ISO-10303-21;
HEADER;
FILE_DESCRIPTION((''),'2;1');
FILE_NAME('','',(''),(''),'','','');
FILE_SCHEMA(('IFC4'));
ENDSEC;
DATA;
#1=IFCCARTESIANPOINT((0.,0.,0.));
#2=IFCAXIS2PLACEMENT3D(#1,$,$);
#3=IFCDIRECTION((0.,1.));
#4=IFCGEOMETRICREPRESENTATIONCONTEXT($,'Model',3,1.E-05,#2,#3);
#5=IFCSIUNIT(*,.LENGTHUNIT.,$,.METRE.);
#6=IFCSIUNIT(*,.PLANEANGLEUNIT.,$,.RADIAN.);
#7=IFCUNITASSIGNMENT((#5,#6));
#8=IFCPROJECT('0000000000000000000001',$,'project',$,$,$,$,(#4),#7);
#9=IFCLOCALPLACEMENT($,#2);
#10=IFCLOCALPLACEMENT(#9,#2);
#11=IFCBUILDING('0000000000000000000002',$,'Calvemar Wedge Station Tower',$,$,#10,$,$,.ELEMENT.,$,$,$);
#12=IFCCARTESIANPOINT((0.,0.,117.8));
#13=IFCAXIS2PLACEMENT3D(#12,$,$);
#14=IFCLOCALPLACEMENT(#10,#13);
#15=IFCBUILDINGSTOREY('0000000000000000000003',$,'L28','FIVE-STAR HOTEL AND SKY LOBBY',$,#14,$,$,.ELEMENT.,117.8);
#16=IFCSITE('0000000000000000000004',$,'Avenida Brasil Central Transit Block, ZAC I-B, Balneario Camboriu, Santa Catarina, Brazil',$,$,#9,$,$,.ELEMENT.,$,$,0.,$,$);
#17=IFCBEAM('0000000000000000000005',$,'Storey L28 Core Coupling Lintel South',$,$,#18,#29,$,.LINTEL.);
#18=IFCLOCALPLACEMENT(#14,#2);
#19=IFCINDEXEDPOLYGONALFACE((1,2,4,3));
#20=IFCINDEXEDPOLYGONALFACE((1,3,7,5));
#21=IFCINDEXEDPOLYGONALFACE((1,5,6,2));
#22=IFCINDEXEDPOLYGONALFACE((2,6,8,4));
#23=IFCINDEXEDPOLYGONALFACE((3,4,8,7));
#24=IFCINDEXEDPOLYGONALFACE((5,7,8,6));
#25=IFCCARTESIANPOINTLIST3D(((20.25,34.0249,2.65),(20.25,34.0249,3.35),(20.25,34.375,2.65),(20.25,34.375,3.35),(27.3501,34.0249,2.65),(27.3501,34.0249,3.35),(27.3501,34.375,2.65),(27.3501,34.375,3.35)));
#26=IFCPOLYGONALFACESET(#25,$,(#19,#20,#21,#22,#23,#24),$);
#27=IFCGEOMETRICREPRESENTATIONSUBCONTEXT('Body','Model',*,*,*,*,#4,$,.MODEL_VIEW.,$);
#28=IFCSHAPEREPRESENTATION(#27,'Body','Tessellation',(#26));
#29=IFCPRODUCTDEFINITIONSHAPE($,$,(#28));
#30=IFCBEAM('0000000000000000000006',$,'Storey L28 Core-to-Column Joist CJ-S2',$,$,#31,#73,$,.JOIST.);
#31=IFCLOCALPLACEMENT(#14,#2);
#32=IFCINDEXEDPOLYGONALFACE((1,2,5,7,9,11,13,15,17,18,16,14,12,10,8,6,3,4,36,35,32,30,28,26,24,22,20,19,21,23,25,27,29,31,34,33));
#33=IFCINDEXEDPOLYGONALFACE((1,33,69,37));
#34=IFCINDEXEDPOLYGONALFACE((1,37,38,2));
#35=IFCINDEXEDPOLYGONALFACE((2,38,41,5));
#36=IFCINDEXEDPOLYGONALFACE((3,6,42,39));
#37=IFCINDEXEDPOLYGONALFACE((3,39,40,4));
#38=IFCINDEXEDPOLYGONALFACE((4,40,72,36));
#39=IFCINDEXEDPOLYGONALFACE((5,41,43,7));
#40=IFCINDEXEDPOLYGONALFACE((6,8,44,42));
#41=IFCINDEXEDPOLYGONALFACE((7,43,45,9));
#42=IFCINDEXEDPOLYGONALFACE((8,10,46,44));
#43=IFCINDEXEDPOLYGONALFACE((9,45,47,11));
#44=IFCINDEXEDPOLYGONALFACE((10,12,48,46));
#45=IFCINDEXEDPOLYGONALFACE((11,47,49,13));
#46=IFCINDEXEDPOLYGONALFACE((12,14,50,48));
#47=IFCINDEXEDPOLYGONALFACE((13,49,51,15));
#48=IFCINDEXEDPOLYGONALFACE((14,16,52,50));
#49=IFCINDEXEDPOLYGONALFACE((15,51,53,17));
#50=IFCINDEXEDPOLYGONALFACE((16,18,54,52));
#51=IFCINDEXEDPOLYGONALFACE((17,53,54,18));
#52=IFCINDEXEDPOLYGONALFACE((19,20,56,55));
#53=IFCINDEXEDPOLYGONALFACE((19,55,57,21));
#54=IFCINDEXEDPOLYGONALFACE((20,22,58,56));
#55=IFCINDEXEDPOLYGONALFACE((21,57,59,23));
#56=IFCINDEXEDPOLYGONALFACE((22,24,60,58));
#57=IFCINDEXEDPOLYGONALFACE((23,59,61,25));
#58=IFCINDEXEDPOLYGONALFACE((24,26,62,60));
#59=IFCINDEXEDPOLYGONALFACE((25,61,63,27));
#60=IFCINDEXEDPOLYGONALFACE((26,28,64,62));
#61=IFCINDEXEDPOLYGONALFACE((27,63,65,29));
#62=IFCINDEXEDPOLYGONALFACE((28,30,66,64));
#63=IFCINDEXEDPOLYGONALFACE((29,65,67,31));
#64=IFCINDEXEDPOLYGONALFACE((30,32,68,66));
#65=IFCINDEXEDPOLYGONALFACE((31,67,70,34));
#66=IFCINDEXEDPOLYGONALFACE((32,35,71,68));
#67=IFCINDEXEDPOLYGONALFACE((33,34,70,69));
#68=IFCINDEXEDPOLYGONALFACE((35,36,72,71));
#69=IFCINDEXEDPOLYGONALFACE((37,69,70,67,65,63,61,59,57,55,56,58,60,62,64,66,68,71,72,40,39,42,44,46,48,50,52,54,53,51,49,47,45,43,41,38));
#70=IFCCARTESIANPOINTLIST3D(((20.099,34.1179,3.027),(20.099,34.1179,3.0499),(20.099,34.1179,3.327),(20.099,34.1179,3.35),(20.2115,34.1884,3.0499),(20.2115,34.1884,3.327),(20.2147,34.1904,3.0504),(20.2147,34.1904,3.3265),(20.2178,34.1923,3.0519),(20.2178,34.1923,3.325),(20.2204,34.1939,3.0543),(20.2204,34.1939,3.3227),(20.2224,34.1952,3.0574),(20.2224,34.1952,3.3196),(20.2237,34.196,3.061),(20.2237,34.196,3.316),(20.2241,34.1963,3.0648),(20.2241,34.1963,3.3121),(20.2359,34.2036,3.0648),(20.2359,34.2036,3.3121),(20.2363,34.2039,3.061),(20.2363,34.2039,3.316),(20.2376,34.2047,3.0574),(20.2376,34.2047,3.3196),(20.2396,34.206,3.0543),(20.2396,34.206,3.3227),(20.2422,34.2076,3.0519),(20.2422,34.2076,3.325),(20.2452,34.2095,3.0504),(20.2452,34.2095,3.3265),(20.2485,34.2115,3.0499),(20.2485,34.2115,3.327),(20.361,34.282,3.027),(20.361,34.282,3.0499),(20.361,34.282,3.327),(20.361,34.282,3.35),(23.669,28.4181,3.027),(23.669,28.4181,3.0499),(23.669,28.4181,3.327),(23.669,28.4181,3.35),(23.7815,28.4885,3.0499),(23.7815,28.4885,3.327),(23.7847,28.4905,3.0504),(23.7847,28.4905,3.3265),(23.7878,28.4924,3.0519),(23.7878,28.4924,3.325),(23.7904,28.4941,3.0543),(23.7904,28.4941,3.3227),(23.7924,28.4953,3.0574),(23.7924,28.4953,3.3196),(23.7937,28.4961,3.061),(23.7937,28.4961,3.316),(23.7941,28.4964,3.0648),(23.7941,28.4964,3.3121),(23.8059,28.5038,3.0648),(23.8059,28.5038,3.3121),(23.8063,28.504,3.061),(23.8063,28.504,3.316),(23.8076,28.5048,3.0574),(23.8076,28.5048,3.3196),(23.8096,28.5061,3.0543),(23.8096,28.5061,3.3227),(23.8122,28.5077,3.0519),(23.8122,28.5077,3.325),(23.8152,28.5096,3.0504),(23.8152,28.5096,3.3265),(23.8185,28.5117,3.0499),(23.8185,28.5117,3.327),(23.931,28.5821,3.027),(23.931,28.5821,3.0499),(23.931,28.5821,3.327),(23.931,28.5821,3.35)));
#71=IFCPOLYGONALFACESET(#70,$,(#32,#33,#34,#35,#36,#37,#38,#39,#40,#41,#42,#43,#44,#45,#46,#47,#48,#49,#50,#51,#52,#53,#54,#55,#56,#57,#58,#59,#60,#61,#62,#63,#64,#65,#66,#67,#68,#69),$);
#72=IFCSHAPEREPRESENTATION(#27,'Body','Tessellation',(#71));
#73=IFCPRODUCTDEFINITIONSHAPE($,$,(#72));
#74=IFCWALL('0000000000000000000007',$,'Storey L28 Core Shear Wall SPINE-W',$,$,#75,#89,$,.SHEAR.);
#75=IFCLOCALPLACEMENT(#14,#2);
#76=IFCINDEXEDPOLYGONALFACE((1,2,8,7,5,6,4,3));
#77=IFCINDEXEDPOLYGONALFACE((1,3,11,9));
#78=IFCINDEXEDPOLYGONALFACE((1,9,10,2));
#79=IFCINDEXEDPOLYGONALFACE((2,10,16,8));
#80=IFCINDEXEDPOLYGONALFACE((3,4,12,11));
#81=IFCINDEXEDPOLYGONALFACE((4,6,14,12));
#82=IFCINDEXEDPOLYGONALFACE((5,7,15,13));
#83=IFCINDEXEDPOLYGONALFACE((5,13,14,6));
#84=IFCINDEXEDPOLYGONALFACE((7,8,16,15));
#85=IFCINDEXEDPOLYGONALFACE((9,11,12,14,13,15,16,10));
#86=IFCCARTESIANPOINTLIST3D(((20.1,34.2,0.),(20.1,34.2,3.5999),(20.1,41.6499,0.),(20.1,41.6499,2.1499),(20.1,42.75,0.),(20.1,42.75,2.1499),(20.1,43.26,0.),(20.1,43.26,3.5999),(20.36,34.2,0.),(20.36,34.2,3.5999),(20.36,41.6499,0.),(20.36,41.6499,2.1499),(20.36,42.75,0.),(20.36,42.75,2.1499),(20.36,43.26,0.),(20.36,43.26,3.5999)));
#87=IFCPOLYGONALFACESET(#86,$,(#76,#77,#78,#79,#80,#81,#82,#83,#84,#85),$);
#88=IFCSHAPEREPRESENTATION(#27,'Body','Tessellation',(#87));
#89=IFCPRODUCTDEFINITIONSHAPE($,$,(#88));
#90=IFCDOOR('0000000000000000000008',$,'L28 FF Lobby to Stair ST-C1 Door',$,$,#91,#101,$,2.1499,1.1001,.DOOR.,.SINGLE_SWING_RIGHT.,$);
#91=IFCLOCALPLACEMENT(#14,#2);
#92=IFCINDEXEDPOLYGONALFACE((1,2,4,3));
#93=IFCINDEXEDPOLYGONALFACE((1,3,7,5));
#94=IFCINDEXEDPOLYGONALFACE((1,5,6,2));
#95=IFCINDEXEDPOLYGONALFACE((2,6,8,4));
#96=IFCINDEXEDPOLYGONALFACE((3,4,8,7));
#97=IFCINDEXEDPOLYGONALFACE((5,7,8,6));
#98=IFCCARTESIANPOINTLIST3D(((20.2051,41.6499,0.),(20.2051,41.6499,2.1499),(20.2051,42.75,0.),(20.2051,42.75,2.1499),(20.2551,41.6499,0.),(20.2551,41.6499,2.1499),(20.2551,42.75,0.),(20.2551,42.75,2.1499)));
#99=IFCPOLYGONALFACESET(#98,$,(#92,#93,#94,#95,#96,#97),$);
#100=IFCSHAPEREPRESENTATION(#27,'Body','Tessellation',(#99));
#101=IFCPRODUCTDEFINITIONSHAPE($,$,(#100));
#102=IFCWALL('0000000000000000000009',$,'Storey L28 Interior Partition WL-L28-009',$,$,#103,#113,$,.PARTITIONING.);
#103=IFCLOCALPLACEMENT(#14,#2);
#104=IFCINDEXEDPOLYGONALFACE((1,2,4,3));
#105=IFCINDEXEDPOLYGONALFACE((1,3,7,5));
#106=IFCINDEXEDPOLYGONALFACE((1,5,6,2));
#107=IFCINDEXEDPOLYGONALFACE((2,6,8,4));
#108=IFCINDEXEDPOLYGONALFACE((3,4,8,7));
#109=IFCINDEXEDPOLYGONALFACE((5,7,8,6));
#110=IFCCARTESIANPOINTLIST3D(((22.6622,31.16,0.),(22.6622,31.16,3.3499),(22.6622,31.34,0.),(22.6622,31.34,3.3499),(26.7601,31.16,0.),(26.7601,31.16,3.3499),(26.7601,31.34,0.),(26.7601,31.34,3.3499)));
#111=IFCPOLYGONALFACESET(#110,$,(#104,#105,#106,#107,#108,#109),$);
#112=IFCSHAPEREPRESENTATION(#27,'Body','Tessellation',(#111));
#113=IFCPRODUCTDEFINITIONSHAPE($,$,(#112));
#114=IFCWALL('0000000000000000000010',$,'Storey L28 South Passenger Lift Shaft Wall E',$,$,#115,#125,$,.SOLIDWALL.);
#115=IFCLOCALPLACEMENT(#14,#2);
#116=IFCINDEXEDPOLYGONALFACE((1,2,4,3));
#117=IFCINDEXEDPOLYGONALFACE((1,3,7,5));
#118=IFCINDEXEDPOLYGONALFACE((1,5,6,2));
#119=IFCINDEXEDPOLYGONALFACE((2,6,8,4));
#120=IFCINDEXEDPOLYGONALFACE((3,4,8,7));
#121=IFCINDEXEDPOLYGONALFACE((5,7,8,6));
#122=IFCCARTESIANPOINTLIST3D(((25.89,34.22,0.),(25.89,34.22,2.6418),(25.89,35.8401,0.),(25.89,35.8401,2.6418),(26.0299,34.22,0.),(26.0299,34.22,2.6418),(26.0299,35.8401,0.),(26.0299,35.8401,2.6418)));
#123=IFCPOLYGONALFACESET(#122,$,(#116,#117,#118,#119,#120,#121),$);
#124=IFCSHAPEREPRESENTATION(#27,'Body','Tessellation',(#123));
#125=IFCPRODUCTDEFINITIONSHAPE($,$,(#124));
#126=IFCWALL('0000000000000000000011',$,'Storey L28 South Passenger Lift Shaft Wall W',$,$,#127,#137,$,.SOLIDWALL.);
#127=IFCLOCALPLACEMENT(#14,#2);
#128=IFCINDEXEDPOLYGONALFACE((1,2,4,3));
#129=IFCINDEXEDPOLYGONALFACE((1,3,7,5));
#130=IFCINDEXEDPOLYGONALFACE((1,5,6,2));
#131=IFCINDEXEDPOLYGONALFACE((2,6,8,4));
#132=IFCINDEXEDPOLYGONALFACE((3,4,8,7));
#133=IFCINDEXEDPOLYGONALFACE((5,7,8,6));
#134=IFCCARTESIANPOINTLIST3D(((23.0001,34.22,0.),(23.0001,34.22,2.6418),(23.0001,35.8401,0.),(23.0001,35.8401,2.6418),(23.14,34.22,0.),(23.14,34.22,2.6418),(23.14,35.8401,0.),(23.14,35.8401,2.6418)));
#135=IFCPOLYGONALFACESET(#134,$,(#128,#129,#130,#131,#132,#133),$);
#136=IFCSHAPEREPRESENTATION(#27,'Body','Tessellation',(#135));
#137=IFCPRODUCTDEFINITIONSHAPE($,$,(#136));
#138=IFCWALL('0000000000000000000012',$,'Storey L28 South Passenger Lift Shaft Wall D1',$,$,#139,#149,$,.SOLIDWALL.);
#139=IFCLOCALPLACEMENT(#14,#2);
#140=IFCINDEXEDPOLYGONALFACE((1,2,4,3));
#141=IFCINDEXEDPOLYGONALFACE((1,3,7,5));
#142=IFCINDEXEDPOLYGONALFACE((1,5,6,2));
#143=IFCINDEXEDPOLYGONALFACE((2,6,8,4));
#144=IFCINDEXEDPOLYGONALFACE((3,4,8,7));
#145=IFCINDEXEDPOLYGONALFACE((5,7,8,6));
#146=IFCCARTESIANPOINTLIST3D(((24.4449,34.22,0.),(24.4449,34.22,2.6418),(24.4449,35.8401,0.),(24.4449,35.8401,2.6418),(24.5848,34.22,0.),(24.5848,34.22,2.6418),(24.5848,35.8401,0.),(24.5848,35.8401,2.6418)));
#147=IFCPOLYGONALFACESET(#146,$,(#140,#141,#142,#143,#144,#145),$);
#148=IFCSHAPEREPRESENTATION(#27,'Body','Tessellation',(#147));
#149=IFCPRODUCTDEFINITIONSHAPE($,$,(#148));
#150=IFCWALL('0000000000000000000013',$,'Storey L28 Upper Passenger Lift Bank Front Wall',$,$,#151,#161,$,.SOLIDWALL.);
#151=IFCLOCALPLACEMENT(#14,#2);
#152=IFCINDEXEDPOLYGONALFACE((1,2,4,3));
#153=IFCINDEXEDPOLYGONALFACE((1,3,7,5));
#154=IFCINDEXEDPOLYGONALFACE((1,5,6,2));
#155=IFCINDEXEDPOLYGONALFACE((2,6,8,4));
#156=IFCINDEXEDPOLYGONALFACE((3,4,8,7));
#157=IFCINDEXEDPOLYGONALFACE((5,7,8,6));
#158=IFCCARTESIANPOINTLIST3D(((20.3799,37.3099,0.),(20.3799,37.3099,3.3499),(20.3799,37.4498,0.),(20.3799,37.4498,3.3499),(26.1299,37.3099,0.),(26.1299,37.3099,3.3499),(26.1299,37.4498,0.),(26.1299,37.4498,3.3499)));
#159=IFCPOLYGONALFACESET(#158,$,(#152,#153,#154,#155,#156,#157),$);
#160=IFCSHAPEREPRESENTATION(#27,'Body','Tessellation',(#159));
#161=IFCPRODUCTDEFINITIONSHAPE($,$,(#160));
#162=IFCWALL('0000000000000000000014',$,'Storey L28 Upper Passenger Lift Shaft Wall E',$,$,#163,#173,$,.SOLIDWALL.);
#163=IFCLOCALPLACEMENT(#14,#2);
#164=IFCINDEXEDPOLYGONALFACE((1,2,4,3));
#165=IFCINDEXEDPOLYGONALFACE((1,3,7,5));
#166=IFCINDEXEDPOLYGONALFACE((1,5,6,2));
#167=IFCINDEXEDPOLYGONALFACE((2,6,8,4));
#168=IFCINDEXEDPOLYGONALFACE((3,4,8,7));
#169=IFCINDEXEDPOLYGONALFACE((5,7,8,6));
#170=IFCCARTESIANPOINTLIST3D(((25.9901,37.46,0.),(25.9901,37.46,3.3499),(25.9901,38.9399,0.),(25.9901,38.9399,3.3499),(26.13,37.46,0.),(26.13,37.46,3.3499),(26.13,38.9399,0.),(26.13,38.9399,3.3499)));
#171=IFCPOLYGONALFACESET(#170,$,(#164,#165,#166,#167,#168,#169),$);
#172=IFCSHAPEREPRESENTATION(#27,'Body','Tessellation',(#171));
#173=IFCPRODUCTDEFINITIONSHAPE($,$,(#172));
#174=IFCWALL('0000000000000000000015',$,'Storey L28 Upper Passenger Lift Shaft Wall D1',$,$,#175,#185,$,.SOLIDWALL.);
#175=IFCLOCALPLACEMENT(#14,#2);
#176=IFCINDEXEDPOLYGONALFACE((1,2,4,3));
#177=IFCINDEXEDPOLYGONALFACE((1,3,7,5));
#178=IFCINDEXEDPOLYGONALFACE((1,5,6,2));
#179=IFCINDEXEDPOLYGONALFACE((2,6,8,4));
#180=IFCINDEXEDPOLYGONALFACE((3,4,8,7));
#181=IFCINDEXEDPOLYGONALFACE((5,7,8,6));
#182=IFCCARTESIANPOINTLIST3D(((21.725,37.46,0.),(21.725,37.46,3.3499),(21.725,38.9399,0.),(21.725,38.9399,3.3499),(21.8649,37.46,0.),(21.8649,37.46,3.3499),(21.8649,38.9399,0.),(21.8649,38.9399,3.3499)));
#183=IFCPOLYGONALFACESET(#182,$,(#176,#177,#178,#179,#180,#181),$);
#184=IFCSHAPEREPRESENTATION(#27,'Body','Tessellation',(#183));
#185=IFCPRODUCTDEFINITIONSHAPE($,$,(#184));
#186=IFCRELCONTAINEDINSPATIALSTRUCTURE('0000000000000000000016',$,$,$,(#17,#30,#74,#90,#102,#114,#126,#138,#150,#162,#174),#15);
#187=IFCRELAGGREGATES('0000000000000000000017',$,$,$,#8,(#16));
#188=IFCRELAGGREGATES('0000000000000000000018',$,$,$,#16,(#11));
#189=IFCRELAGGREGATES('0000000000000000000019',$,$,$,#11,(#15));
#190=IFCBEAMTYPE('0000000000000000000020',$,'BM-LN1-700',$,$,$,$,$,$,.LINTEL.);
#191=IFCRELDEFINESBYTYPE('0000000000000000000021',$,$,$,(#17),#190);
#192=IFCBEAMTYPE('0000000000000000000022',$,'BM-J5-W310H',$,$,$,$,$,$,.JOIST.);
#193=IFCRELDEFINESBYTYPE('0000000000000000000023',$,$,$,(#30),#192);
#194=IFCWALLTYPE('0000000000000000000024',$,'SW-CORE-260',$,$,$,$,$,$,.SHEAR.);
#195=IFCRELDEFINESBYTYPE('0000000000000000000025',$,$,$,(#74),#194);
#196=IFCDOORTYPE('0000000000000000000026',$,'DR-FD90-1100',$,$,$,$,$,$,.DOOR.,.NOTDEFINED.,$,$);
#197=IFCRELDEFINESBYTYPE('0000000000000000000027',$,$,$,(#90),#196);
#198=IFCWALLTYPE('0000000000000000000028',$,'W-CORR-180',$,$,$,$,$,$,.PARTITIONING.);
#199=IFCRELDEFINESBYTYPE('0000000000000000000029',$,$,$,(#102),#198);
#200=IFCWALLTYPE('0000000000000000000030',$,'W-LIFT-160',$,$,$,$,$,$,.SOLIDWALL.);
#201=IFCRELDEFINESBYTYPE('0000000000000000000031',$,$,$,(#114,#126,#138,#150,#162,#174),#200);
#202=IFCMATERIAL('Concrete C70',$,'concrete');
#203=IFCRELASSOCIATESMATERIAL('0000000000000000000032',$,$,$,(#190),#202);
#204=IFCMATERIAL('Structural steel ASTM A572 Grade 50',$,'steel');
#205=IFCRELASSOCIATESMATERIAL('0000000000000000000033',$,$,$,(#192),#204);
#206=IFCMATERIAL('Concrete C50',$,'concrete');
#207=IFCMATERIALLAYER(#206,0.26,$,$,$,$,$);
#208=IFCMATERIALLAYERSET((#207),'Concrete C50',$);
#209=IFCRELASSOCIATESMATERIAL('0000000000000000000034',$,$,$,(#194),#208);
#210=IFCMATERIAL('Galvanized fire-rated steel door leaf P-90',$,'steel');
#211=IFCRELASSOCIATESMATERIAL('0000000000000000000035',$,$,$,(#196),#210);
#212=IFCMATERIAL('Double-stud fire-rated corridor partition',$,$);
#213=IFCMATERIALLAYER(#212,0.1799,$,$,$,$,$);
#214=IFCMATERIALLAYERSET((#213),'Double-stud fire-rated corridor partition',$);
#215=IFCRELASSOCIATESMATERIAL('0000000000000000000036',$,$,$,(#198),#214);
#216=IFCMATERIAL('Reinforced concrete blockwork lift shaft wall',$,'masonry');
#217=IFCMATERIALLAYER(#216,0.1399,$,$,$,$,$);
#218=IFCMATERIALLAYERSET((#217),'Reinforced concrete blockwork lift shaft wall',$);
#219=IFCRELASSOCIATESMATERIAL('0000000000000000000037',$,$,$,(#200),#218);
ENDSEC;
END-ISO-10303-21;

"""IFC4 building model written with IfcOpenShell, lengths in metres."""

from ifc_helpers import new_model, si_unit, direction, frame, frame_2d, origin, origin_2d, place, context, subcontext, project, spatial, rectangle, i_section, extrude, source, transform, mapped, material, layer, layer_set, material_profile, profile_set, type_object, element, fill, save


model = new_model("IFC4")

# Units and contexts
model_context = context("Model", 3, precision=1e-05, world=origin(), true_north=direction((0.0, 1.0)))
body_context = subcontext(model_context, "Body", "Model", "MODEL_VIEW")
ifc_project = project(units=[si_unit("LENGTHUNIT", "METRE"), si_unit("PLANEANGLEUNIT", "RADIAN")], contexts=[model_context])

# Site, building, storey
site_placement = place(None, origin())
site = spatial("IfcSite", under=ifc_project, at=site_placement, Name="Avenida Brasil Central Transit Block, ZAC I-B, Balneario Camboriu, Santa Catarina, Brazil", CompositionType="ELEMENT", RefElevation=0.0)
building_placement = place(site_placement, origin())
building = spatial("IfcBuilding", under=site, at=building_placement, Name="Calvemar Wedge Station Tower", CompositionType="ELEMENT")
storey_placement = place(building_placement, frame((0.0, 0.0, 117.8)))
storey = spatial("IfcBuildingStorey", under=building, at=storey_placement, Name="L28", Description="FIVE-STAR HOTEL AND SKY LOBBY", CompositionType="ELEMENT", Elevation=117.8)

# Beams
ifc_material_1 = material(Name="Concrete C70", Category="concrete")
ifc_material_profile_1 = material_profile(ifc_material_1, rectangle(XDim=0.3501, YDim=0.7, at=origin_2d()), Name="RC350x700")
ifc_profile_set_1 = profile_set([ifc_material_profile_1], Name="Concrete C70")
beam_type_1 = type_object("IfcBeamType", Name="BM-LN1-700", PredefinedType="LINTEL", material=ifc_profile_set_1)
shared_shape_1 = source(origin(), body_context, "Body", "SweptSolid", [
    extrude(rectangle(XDim=0.3501, YDim=0.7, at=origin_2d()), origin(), (0.0, 0.0, 1.0), 7.1001),
])
beam_1_placement = place(storey_placement, frame((20.25, 34.2, 3.0), z_axis=(1.0, 0.0, 0.0), x_axis=(0.0, 1.0, 0.0)))
element("IfcBeam", 1, at=beam_1_placement, inside=storey, type_object=beam_type_1, Name="Storey L28 Core Coupling Lintel South", PredefinedType="LINTEL", context=body_context, shape_type="MappedRepresentation", body=[
    mapped(shared_shape_1, transform((0.0, 0.0, 0.0), scale=1.0)),
])
ifc_material_2 = material(Name="Structural steel ASTM A572 Grade 50", Category="steel")
ifc_material_profile_2 = material_profile(ifc_material_2, i_section(OverallWidth=0.3091, OverallDepth=0.323, WebThickness=0.0139, FlangeThickness=0.0229, FilletRadius=0.0149, at=origin_2d()), Name="W310x143")
ifc_profile_set_2 = profile_set([ifc_material_profile_2], Name="Structural steel ASTM A572 Grade 50")
beam_type_2 = type_object("IfcBeamType", Name="BM-J5-W310H", PredefinedType="JOIST", material=ifc_profile_set_2)
shared_shape_2 = source(origin(), body_context, "Body", "SweptSolid", [
    extrude(i_section(OverallWidth=0.3091, OverallDepth=0.323, WebThickness=0.0139, FlangeThickness=0.0229, FilletRadius=0.0149, at=origin_2d()), origin(), (0.0, 0.0, 1.0), 6.7256),
])
beam_2_placement = place(storey_placement, frame((20.23, 34.2, 3.1885), z_axis=(0.530811, -0.84749, 0.0), x_axis=(0.84749, 0.530811, 0.0)))
element("IfcBeam", 2, at=beam_2_placement, inside=storey, type_object=beam_type_2, Name="Storey L28 Core-to-Column Joist CJ-S2", PredefinedType="JOIST", context=body_context, shape_type="MappedRepresentation", body=[
    mapped(shared_shape_2, transform((0.0, 0.0, 0.0), scale=1.0)),
])

# Wall, opening, door
ifc_material_3 = material(Name="Concrete C50", Category="concrete")
ifc_layer_1 = layer(ifc_material_3, 0.26)
ifc_layer_set_1 = layer_set([ifc_layer_1], Name="Concrete C50")
wall_type_1 = type_object("IfcWallType", Name="SW-CORE-260", PredefinedType="SHEAR", material=ifc_layer_set_1)
wall_1_placement = place(storey_placement, frame((20.23, 34.2, 0.0), z_axis=(0.0, 0.0, 1.0), x_axis=(0.0, 1.0, 0.0)))
wall_1 = element("IfcWall", 3, at=wall_1_placement, inside=storey, type_object=wall_type_1, Name="Storey L28 Core Shear Wall SPINE-W", PredefinedType="SHEAR", context=body_context, shape_type="SweptSolid", body=[
    extrude(rectangle(XDim=9.0601, YDim=0.26, at=frame_2d((4.53, 0.0))), origin(), (0.0, 0.0, 1.0), 3.5999),
])
shared_shape_3 = source(origin(), body_context, "Body", "SweptSolid", [
    extrude(rectangle(XDim=1.1001, YDim=2.1499, at=frame_2d((0.55, 1.075))), frame((0.0, 0.1401, 0.0), z_axis=(0.0, -1.0, 0.0), x_axis=(1.0, 0.0, 0.0)), (0.0, 0.0, 1.0), 0.28),
])
opening_1_placement = place(wall_1_placement, frame((7.45, 0.0, 0.0)))
opening_1 = element("IfcOpeningElement", 4, at=opening_1_placement, cuts=wall_1, PredefinedType="OPENING", context=body_context, shape_type="MappedRepresentation", body=[
    mapped(shared_shape_3, transform((0.0, 0.0, 0.0), scale=1.0)),
])
ifc_material_4 = material(Name="Galvanized fire-rated steel door leaf P-90", Category="steel")
door_type_1 = type_object("IfcDoorType", Name="DR-FD90-1100", OperationType="NOTDEFINED", PredefinedType="DOOR", material=ifc_material_4)
shared_shape_4 = source(origin(), body_context, "Body", "SweptSolid", [
    extrude(rectangle(XDim=1.1001, YDim=2.1499, at=frame_2d((0.55, 1.075))), frame((0.0, 0.0249, 0.0), z_axis=(0.0, -1.0, 0.0), x_axis=(1.0, 0.0, 0.0)), (0.0, 0.0, 1.0), 0.05),
])
door_1_placement = place(opening_1_placement, origin())
door_1 = element("IfcDoor", 5, at=door_1_placement, inside=storey, type_object=door_type_1, Name="L28 FF Lobby to Stair ST-C1 Door", OperationType="SINGLE_SWING_RIGHT", OverallHeight=2.1499, OverallWidth=1.1001, PredefinedType="DOOR", context=body_context, shape_type="MappedRepresentation", body=[
    mapped(shared_shape_4, transform((0.0, 0.0, 0.0), scale=1.0)),
])
fill(opening_1, door_1)
ifc_material_5 = material(Name="Double-stud fire-rated corridor partition")
ifc_layer_2 = layer(ifc_material_5, 0.1799)
ifc_layer_set_2 = layer_set([ifc_layer_2], Name="Double-stud fire-rated corridor partition")
wall_type_2 = type_object("IfcWallType", Name="W-CORR-180", PredefinedType="PARTITIONING", material=ifc_layer_set_2)

# Wall
wall_2_placement = place(storey_placement, frame((26.76, 31.25, 0.0), z_axis=(0.0, 0.0, 1.0), x_axis=(-1.0, 0.0, 0.0)))
element("IfcWall", 6, at=wall_2_placement, inside=storey, type_object=wall_type_2, Name="Storey L28 Interior Partition WL-L28-009", PredefinedType="PARTITIONING", context=body_context, shape_type="SweptSolid", body=[
    extrude(rectangle(XDim=4.0979, YDim=0.1799, at=frame_2d((2.0488, 0.0))), origin(), (0.0, 0.0, 1.0), 3.3499),
])

# Shared definitions
ifc_material_6 = material(Name="Reinforced concrete blockwork lift shaft wall", Category="masonry")
ifc_layer_3 = layer(ifc_material_6, 0.1399)
ifc_layer_set_3 = layer_set([ifc_layer_3], Name="Reinforced concrete blockwork lift shaft wall")
wall_type_3 = type_object("IfcWallType", Name="W-LIFT-160", PredefinedType="SOLIDWALL", material=ifc_layer_set_3)

# Walls
for number, where, z_axis, x_axis, name in (
    (7, (25.96, 34.22, 0.0), (0.0, 0.0, 1.0), (0.0, 1.0, 0.0), "Storey L28 South Passenger Lift Shaft Wall E"),
    (8, (23.0701, 34.22, 0.0), (0.0, 0.0, 1.0), (0.0, 1.0, 0.0), "Storey L28 South Passenger Lift Shaft Wall W"),
    (9, (24.5149, 34.22, 0.0), (0.0, 0.0, 1.0), (0.0, 1.0, 0.0), "Storey L28 South Passenger Lift Shaft Wall D1"),
):
    element("IfcWall", number, at=place(storey_placement, frame(where, z_axis=z_axis, x_axis=x_axis)), inside=storey, type_object=wall_type_3, Name=name, PredefinedType="SOLIDWALL", context=body_context, shape_type="SweptSolid", body=[
        extrude(rectangle(XDim=1.6201, YDim=0.1399, at=frame_2d((0.8101, 0.0))), origin(), (0.0, 0.0, 1.0), 2.6418),
    ])
wall_3_placement = place(storey_placement, frame((20.3799, 37.3799, 0.0), z_axis=(0.0, 0.0, 1.0), x_axis=(1.0, 0.0, 0.0)))
element("IfcWall", 10, at=wall_3_placement, inside=storey, type_object=wall_type_3, Name="Storey L28 Upper Passenger Lift Bank Front Wall", PredefinedType="SOLIDWALL", context=body_context, shape_type="SweptSolid", body=[
    extrude(rectangle(XDim=5.75, YDim=0.1399, at=frame_2d((2.875, 0.0))), origin(), (0.0, 0.0, 1.0), 3.3499),
])
for number, where, z_axis, x_axis, name in (
    (11, (26.0601, 37.46, 0.0), (0.0, 0.0, 1.0), (0.0, 1.0, 0.0), "Storey L28 Upper Passenger Lift Shaft Wall E"),
    (12, (21.7949, 37.46, 0.0), (0.0, 0.0, 1.0), (0.0, 1.0, 0.0), "Storey L28 Upper Passenger Lift Shaft Wall D1"),
):
    element("IfcWall", number, at=place(storey_placement, frame(where, z_axis=z_axis, x_axis=x_axis)), inside=storey, type_object=wall_type_3, Name=name, PredefinedType="SOLIDWALL", context=body_context, shape_type="SweptSolid", body=[
        extrude(rectangle(XDim=1.48, YDim=0.1399, at=frame_2d((0.74, 0.0))), origin(), (0.0, 0.0, 1.0), 3.3499),
    ])

save(model, "model.ifc")
